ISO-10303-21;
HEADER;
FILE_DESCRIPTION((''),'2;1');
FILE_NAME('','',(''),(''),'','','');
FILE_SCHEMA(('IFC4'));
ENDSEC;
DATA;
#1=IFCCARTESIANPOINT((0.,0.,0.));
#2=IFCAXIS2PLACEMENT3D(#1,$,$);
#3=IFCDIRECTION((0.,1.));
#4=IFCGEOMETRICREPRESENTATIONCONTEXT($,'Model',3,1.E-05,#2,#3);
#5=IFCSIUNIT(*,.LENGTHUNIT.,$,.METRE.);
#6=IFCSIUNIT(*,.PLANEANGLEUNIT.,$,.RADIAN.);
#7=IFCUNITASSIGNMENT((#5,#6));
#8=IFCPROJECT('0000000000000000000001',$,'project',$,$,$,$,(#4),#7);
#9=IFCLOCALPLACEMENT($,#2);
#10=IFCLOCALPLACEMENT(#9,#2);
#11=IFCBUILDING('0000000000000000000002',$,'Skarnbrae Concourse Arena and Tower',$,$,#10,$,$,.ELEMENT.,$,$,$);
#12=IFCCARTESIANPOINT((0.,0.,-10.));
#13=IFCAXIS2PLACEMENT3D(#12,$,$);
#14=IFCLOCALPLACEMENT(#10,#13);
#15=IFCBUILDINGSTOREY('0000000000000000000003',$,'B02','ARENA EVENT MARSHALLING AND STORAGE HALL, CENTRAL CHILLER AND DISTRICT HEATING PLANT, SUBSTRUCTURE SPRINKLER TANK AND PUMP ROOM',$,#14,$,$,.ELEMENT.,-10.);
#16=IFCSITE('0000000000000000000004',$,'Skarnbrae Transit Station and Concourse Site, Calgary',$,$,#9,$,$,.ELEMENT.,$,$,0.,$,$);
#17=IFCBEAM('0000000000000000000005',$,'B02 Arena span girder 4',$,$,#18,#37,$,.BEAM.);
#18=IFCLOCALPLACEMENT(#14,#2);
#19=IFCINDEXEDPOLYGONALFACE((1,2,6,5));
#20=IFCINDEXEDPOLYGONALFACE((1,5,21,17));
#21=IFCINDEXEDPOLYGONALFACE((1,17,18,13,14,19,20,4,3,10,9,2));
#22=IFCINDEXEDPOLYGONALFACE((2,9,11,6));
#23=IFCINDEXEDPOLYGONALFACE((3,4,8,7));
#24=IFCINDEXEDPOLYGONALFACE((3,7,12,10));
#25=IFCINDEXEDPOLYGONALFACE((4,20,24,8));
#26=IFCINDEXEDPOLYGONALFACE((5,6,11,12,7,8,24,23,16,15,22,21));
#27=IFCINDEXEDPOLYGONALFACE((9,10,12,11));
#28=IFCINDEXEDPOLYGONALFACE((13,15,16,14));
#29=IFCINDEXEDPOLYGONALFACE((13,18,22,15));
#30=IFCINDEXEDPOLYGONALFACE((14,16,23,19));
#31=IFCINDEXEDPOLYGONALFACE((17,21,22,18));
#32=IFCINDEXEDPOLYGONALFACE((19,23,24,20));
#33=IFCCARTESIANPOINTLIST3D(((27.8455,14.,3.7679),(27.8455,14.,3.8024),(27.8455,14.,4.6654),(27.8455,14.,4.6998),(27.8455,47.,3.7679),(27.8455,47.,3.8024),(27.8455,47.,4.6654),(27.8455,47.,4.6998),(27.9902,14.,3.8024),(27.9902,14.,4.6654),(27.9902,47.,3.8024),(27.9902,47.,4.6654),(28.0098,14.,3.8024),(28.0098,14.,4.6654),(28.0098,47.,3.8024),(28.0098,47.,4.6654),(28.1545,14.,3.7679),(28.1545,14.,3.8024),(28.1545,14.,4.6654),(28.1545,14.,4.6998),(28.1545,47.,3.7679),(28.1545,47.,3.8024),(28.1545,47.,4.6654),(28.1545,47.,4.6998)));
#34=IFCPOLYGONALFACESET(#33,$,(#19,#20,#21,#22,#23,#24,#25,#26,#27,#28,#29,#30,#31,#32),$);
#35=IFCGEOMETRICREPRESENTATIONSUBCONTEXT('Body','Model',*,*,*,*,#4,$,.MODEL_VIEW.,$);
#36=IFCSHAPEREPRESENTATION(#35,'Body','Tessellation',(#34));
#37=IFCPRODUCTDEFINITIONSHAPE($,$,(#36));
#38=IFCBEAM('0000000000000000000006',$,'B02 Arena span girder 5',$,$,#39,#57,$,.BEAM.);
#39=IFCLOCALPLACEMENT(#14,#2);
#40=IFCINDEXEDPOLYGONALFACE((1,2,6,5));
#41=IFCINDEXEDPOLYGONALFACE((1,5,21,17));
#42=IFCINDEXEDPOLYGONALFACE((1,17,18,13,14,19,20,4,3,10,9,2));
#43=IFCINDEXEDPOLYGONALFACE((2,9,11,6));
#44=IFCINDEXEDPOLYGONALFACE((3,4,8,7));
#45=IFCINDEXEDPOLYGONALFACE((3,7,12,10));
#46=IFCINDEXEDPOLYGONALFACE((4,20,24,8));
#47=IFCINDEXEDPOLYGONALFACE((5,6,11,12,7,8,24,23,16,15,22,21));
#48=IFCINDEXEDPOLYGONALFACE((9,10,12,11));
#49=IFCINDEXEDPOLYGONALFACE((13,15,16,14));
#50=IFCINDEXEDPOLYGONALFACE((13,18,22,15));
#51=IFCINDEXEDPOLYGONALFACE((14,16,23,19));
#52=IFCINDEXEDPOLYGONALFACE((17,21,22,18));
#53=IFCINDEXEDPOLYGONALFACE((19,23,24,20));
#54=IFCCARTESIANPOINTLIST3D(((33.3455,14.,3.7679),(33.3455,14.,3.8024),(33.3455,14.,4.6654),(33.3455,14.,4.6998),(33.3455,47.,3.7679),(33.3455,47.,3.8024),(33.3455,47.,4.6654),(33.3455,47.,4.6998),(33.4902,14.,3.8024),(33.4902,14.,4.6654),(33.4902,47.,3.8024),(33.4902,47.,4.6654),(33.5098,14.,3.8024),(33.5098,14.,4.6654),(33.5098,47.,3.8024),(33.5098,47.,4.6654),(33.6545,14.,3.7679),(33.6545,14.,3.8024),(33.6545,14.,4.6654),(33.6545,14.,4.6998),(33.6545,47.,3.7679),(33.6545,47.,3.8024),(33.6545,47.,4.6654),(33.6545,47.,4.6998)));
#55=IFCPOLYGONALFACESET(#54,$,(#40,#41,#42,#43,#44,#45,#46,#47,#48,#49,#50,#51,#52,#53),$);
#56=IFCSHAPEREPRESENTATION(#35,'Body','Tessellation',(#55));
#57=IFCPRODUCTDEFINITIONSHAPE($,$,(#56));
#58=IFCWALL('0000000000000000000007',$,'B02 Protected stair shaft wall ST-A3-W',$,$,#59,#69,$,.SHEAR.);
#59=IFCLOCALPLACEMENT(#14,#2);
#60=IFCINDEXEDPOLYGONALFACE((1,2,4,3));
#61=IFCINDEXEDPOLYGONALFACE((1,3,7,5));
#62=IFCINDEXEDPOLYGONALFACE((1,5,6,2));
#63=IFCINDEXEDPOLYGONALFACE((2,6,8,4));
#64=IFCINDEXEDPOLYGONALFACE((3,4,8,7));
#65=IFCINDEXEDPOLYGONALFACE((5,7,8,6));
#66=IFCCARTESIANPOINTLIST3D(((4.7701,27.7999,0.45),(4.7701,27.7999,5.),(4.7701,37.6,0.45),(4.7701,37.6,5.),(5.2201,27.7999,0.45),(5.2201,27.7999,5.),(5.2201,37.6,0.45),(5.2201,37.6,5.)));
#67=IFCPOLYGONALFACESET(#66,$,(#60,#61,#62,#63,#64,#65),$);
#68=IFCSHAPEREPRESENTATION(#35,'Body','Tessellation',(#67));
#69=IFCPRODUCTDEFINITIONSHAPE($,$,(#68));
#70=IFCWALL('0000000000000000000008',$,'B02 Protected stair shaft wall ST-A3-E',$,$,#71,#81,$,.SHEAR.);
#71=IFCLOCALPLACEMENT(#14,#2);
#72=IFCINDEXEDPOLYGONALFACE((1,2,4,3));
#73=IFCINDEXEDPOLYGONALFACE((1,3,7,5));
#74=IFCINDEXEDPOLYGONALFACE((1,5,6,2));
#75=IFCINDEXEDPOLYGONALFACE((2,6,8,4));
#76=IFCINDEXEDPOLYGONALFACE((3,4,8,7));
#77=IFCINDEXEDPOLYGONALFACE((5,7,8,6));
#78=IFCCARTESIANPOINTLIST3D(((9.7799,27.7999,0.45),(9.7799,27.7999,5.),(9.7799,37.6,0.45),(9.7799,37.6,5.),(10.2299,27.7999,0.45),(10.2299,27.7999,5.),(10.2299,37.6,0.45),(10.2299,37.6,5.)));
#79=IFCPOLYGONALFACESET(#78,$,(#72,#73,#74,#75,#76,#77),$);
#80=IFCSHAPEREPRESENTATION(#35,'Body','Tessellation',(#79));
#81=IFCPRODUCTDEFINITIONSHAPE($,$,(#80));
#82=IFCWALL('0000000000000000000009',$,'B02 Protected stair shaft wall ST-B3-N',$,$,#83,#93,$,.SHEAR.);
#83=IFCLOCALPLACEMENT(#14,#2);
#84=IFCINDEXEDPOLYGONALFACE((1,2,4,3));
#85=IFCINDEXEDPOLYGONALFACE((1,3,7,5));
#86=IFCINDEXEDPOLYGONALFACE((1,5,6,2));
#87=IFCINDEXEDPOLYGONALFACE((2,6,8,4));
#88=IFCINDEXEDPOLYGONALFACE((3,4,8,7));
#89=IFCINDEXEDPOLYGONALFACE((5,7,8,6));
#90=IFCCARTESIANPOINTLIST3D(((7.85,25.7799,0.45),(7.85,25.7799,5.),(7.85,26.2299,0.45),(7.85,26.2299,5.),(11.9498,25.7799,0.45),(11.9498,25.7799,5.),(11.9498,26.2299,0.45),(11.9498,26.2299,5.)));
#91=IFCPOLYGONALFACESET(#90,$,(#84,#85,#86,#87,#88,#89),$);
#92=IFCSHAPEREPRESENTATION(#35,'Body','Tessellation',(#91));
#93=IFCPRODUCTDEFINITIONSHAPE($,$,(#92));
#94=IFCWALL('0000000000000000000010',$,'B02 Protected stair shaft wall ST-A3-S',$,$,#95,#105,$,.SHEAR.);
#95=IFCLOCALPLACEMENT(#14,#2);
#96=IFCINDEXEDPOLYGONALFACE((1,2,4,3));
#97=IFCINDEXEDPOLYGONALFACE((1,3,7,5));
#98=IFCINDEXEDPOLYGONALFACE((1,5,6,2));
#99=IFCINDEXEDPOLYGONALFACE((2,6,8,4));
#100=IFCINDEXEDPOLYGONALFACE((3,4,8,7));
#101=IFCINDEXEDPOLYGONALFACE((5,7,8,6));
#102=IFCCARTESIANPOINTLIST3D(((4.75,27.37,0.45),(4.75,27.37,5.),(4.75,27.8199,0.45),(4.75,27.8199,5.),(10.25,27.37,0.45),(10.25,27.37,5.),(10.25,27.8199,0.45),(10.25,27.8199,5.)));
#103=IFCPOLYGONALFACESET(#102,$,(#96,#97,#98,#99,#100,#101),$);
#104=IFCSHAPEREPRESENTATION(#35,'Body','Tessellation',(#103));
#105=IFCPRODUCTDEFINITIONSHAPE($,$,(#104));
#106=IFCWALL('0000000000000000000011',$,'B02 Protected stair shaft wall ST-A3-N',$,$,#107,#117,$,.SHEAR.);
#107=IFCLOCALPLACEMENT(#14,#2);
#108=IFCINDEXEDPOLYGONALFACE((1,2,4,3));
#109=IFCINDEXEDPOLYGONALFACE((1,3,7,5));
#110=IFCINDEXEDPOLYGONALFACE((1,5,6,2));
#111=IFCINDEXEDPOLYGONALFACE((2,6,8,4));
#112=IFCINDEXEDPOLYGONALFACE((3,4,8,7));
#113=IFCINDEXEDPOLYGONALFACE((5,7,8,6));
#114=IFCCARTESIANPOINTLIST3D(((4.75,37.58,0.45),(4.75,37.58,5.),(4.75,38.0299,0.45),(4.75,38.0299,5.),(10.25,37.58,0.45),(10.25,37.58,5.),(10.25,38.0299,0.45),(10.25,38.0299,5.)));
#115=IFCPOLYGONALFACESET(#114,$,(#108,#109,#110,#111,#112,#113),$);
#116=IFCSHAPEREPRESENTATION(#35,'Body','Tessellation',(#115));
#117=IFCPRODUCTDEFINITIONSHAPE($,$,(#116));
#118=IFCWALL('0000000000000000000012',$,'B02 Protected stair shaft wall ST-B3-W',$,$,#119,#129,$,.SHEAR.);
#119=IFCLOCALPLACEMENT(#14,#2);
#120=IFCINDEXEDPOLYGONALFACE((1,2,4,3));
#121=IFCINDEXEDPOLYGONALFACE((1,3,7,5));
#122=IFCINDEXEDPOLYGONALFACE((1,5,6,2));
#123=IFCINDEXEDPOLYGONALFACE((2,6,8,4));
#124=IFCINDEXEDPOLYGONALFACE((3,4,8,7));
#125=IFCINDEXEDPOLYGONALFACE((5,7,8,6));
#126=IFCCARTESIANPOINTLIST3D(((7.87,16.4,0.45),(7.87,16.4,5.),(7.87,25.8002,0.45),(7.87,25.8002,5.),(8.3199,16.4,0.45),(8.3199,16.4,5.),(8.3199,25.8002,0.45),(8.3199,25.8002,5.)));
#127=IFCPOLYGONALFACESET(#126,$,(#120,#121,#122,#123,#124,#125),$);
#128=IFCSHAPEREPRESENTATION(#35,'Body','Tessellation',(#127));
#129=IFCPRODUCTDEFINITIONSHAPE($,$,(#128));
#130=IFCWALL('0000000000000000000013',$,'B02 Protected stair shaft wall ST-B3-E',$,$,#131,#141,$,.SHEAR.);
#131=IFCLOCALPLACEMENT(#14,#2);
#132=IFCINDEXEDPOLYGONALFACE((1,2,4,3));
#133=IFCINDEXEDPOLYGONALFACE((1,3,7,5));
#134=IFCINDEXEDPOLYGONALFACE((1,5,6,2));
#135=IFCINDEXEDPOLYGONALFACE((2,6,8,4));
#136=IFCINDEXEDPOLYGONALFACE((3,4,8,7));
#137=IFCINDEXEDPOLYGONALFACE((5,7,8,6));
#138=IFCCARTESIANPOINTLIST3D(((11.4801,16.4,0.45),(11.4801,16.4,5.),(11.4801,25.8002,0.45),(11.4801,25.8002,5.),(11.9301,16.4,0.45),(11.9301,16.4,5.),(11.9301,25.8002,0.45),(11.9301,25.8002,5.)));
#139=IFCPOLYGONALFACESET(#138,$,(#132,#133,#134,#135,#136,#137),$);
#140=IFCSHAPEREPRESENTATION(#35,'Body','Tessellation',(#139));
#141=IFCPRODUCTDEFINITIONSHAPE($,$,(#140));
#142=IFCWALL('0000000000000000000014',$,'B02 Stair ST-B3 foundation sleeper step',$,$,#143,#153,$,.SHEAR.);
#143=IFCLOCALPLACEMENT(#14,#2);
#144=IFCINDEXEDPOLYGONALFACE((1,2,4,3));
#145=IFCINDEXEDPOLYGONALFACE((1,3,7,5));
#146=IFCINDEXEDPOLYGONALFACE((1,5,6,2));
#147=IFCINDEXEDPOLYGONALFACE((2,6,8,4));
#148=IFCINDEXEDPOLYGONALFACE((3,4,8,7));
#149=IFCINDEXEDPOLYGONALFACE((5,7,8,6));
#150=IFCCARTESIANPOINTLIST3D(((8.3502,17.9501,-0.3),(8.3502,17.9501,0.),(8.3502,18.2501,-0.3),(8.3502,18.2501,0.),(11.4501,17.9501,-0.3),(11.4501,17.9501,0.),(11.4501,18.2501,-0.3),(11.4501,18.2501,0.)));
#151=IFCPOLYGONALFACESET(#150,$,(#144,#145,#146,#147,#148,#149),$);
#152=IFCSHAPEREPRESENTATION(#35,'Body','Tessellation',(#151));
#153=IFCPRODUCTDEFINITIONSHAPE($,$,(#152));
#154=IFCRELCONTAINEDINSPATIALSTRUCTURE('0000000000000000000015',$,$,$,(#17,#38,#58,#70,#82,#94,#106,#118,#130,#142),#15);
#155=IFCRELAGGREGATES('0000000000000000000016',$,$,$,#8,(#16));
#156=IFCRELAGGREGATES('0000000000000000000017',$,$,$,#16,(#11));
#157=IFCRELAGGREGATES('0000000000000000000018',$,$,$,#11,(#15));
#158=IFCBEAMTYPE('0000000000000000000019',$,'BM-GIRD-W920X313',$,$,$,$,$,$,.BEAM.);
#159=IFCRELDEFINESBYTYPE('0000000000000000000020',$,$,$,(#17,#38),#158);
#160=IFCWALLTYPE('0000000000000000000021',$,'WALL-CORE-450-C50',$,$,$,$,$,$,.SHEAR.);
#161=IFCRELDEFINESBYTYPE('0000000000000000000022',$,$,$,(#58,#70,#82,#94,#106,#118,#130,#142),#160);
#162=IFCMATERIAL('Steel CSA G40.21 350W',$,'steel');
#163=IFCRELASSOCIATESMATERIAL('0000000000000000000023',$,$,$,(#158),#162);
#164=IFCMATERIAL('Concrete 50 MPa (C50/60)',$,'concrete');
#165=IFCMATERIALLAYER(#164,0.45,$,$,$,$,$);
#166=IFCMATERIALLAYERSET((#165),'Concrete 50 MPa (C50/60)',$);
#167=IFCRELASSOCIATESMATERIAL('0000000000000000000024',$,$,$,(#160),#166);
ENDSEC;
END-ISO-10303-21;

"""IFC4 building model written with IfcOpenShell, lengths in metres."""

from ifc_helpers import new_model, si_unit, direction, frame, frame_2d, origin, origin_2d, place, context, subcontext, project, spatial, rectangle, i_section, extrude, source, transform, mapped, material, layer, layer_set, material_profile, profile_set, type_object, element, save


model = new_model("IFC4")

# Units and contexts
model_context = context("Model", 3, precision=1e-05, world=origin(), true_north=direction((0.0, 1.0)))
body_context = subcontext(model_context, "Body", "Model", "MODEL_VIEW")
ifc_project = project(units=[si_unit("LENGTHUNIT", "METRE"), si_unit("PLANEANGLEUNIT", "RADIAN")], contexts=[model_context])

# Site, building, storey
site_placement = place(None, origin())
site = spatial("IfcSite", under=ifc_project, at=site_placement, Name="Skarnbrae Transit Station and Concourse Site, Calgary", CompositionType="ELEMENT", RefElevation=0.0)
building_placement = place(site_placement, origin())
building = spatial("IfcBuilding", under=site, at=building_placement, Name="Skarnbrae Concourse Arena and Tower", CompositionType="ELEMENT")
storey_placement = place(building_placement, frame((0.0, 0.0, -10.0)))
storey = spatial("IfcBuildingStorey", under=building, at=storey_placement, Name="B02", Description="ARENA EVENT MARSHALLING AND STORAGE HALL, CENTRAL CHILLER AND DISTRICT HEATING PLANT, SUBSTRUCTURE SPRINKLER TANK AND PUMP ROOM", CompositionType="ELEMENT", Elevation=-10.0)

# Shared definitions
ifc_material_1 = material(Name="Concrete 50 MPa (C50/60)", Category="concrete")

# Shared definitions
ifc_material_2 = material(Name="Steel CSA G40.21 350W", Category="steel")

# Beams
ifc_material_profile_1 = material_profile(ifc_material_2, i_section(OverallWidth=0.3091, OverallDepth=0.9319, WebThickness=0.0195, FlangeThickness=0.0344, at=origin_2d()), Name="W920X313")
ifc_profile_set_1 = profile_set([ifc_material_profile_1], Name="Steel CSA G40.21 350W")
beam_type_1 = type_object("IfcBeamType", Name="BM-GIRD-W920X313", PredefinedType="BEAM", material=ifc_profile_set_1)
shared_shape_1 = source(origin(), body_context, "Body", "SweptSolid", [
    extrude(i_section(OverallWidth=0.3091, OverallDepth=0.9319, WebThickness=0.0195, FlangeThickness=0.0344, at=origin_2d()), origin(), (0.0, 0.0, 1.0), 33.0),
])
for number, where, z_axis, x_axis, name in (
    (1, (28.0, 14.0, 4.2339), (0.0, 1.0, 0.0), (-1.0, 0.0, 0.0), "B02 Arena span girder 4"),
    (2, (33.5, 14.0, 4.2339), (0.0, 1.0, 0.0), (-1.0, 0.0, 0.0), "B02 Arena span girder 5"),
):
    element("IfcBeam", number, at=place(storey_placement, frame(where, z_axis=z_axis, x_axis=x_axis)), inside=storey, type_object=beam_type_1, Name=name, PredefinedType="BEAM", context=body_context, shape_type="MappedRepresentation", body=[
        mapped(shared_shape_1, transform((0.0, 0.0, 0.0))),
    ])

# Walls
ifc_layer_1 = layer(ifc_material_1, 0.45)
ifc_layer_set_1 = layer_set([ifc_layer_1], Name="Concrete 50 MPa (C50/60)")
wall_type_1 = type_object("IfcWallType", Name="WALL-CORE-450-C50", PredefinedType="SHEAR", material=ifc_layer_set_1)
shared_shape_2 = source(origin(), body_context, "Body", "SweptSolid", [
    extrude(rectangle(XDim=9.8, YDim=0.45, at=frame_2d((4.8999, 0.0))), origin(), (0.0, 0.0, 1.0), 4.55),
])
for number, where, z_axis, x_axis, name in (
    (3, (4.9951, 27.8, 0.45), (0.0, 0.0, 1.0), (0.0, 1.0, 0.0), "B02 Protected stair shaft wall ST-A3-W"),
    (4, (10.0049, 27.8, 0.45), (0.0, 0.0, 1.0), (0.0, 1.0, 0.0), "B02 Protected stair shaft wall ST-A3-E"),
):
    element("IfcWall", number, at=place(storey_placement, frame(where, z_axis=z_axis, x_axis=x_axis)), inside=storey, type_object=wall_type_1, Name=name, PredefinedType="SHEAR", context=body_context, shape_type="MappedRepresentation", body=[
        mapped(shared_shape_2, transform((0.0, 0.0, 0.0))),
    ])

# Shared definitions
shared_shape_3 = source(origin(), body_context, "Body", "SweptSolid", [
    extrude(rectangle(XDim=4.0999, YDim=0.45, at=frame_2d((2.0498, 0.0))), origin(), (0.0, 0.0, 1.0), 4.55),
])

# Walls
wall_1_placement = place(storey_placement, frame((7.8501, 26.0049, 0.45), z_axis=(0.0, 0.0, 1.0), x_axis=(1.0, 0.0, 0.0)))
element("IfcWall", 5, at=wall_1_placement, inside=storey, type_object=wall_type_1, Name="B02 Protected stair shaft wall ST-B3-N", PredefinedType="SHEAR", context=body_context, shape_type="MappedRepresentation", body=[
    mapped(shared_shape_3, transform((0.0, 0.0, 0.0))),
])
shared_shape_4 = source(origin(), body_context, "Body", "SweptSolid", [
    extrude(rectangle(XDim=5.5, YDim=0.45, at=frame_2d((2.75, 0.0))), origin(), (0.0, 0.0, 1.0), 4.55),
])
for number, where, z_axis, x_axis, name in (
    (6, (4.75, 27.595, 0.45), (0.0, 0.0, 1.0), (1.0, 0.0, 0.0), "B02 Protected stair shaft wall ST-A3-S"),
    (7, (4.75, 37.8049, 0.45), (0.0, 0.0, 1.0), (1.0, 0.0, 0.0), "B02 Protected stair shaft wall ST-A3-N"),
):
    element("IfcWall", number, at=place(storey_placement, frame(where, z_axis=z_axis, x_axis=x_axis)), inside=storey, type_object=wall_type_1, Name=name, PredefinedType="SHEAR", context=body_context, shape_type="MappedRepresentation", body=[
        mapped(shared_shape_4, transform((0.0, 0.0, 0.0))),
    ])
shared_shape_5 = source(origin(), body_context, "Body", "SweptSolid", [
    extrude(rectangle(XDim=9.4001, YDim=0.45, at=frame_2d((4.7002, 0.0))), origin(), (0.0, 0.0, 1.0), 4.55),
])
for number, where, z_axis, x_axis, name in (
    (8, (8.095, 16.3999, 0.45), (0.0, 0.0, 1.0), (0.0, 1.0, 0.0), "B02 Protected stair shaft wall ST-B3-W"),
    (9, (11.7051, 16.3999, 0.45), (0.0, 0.0, 1.0), (0.0, 1.0, 0.0), "B02 Protected stair shaft wall ST-B3-E"),
):
    element("IfcWall", number, at=place(storey_placement, frame(where, z_axis=z_axis, x_axis=x_axis)), inside=storey, type_object=wall_type_1, Name=name, PredefinedType="SHEAR", context=body_context, shape_type="MappedRepresentation", body=[
        mapped(shared_shape_5, transform((0.0, 0.0, 0.0))),
    ])
shared_shape_6 = source(origin(), body_context, "Body", "SweptSolid", [
    extrude(rectangle(XDim=3.0999, YDim=0.3, at=frame_2d((1.5498, 0.0))), origin(), (0.0, 0.0, 1.0), 0.3),
])
wall_2_placement = place(storey_placement, frame((11.45, 18.1001, -0.3), z_axis=(0.0, 0.0, 1.0), x_axis=(-1.0, 0.0, 0.0)))
element("IfcWall", 10, at=wall_2_placement, inside=storey, type_object=wall_type_1, Name="B02 Stair ST-B3 foundation sleeper step", PredefinedType="SHEAR", context=body_context, shape_type="MappedRepresentation", body=[
    mapped(shared_shape_6, transform((0.0, 0.0, 0.0))),
])

save(model, "model.ifc")
